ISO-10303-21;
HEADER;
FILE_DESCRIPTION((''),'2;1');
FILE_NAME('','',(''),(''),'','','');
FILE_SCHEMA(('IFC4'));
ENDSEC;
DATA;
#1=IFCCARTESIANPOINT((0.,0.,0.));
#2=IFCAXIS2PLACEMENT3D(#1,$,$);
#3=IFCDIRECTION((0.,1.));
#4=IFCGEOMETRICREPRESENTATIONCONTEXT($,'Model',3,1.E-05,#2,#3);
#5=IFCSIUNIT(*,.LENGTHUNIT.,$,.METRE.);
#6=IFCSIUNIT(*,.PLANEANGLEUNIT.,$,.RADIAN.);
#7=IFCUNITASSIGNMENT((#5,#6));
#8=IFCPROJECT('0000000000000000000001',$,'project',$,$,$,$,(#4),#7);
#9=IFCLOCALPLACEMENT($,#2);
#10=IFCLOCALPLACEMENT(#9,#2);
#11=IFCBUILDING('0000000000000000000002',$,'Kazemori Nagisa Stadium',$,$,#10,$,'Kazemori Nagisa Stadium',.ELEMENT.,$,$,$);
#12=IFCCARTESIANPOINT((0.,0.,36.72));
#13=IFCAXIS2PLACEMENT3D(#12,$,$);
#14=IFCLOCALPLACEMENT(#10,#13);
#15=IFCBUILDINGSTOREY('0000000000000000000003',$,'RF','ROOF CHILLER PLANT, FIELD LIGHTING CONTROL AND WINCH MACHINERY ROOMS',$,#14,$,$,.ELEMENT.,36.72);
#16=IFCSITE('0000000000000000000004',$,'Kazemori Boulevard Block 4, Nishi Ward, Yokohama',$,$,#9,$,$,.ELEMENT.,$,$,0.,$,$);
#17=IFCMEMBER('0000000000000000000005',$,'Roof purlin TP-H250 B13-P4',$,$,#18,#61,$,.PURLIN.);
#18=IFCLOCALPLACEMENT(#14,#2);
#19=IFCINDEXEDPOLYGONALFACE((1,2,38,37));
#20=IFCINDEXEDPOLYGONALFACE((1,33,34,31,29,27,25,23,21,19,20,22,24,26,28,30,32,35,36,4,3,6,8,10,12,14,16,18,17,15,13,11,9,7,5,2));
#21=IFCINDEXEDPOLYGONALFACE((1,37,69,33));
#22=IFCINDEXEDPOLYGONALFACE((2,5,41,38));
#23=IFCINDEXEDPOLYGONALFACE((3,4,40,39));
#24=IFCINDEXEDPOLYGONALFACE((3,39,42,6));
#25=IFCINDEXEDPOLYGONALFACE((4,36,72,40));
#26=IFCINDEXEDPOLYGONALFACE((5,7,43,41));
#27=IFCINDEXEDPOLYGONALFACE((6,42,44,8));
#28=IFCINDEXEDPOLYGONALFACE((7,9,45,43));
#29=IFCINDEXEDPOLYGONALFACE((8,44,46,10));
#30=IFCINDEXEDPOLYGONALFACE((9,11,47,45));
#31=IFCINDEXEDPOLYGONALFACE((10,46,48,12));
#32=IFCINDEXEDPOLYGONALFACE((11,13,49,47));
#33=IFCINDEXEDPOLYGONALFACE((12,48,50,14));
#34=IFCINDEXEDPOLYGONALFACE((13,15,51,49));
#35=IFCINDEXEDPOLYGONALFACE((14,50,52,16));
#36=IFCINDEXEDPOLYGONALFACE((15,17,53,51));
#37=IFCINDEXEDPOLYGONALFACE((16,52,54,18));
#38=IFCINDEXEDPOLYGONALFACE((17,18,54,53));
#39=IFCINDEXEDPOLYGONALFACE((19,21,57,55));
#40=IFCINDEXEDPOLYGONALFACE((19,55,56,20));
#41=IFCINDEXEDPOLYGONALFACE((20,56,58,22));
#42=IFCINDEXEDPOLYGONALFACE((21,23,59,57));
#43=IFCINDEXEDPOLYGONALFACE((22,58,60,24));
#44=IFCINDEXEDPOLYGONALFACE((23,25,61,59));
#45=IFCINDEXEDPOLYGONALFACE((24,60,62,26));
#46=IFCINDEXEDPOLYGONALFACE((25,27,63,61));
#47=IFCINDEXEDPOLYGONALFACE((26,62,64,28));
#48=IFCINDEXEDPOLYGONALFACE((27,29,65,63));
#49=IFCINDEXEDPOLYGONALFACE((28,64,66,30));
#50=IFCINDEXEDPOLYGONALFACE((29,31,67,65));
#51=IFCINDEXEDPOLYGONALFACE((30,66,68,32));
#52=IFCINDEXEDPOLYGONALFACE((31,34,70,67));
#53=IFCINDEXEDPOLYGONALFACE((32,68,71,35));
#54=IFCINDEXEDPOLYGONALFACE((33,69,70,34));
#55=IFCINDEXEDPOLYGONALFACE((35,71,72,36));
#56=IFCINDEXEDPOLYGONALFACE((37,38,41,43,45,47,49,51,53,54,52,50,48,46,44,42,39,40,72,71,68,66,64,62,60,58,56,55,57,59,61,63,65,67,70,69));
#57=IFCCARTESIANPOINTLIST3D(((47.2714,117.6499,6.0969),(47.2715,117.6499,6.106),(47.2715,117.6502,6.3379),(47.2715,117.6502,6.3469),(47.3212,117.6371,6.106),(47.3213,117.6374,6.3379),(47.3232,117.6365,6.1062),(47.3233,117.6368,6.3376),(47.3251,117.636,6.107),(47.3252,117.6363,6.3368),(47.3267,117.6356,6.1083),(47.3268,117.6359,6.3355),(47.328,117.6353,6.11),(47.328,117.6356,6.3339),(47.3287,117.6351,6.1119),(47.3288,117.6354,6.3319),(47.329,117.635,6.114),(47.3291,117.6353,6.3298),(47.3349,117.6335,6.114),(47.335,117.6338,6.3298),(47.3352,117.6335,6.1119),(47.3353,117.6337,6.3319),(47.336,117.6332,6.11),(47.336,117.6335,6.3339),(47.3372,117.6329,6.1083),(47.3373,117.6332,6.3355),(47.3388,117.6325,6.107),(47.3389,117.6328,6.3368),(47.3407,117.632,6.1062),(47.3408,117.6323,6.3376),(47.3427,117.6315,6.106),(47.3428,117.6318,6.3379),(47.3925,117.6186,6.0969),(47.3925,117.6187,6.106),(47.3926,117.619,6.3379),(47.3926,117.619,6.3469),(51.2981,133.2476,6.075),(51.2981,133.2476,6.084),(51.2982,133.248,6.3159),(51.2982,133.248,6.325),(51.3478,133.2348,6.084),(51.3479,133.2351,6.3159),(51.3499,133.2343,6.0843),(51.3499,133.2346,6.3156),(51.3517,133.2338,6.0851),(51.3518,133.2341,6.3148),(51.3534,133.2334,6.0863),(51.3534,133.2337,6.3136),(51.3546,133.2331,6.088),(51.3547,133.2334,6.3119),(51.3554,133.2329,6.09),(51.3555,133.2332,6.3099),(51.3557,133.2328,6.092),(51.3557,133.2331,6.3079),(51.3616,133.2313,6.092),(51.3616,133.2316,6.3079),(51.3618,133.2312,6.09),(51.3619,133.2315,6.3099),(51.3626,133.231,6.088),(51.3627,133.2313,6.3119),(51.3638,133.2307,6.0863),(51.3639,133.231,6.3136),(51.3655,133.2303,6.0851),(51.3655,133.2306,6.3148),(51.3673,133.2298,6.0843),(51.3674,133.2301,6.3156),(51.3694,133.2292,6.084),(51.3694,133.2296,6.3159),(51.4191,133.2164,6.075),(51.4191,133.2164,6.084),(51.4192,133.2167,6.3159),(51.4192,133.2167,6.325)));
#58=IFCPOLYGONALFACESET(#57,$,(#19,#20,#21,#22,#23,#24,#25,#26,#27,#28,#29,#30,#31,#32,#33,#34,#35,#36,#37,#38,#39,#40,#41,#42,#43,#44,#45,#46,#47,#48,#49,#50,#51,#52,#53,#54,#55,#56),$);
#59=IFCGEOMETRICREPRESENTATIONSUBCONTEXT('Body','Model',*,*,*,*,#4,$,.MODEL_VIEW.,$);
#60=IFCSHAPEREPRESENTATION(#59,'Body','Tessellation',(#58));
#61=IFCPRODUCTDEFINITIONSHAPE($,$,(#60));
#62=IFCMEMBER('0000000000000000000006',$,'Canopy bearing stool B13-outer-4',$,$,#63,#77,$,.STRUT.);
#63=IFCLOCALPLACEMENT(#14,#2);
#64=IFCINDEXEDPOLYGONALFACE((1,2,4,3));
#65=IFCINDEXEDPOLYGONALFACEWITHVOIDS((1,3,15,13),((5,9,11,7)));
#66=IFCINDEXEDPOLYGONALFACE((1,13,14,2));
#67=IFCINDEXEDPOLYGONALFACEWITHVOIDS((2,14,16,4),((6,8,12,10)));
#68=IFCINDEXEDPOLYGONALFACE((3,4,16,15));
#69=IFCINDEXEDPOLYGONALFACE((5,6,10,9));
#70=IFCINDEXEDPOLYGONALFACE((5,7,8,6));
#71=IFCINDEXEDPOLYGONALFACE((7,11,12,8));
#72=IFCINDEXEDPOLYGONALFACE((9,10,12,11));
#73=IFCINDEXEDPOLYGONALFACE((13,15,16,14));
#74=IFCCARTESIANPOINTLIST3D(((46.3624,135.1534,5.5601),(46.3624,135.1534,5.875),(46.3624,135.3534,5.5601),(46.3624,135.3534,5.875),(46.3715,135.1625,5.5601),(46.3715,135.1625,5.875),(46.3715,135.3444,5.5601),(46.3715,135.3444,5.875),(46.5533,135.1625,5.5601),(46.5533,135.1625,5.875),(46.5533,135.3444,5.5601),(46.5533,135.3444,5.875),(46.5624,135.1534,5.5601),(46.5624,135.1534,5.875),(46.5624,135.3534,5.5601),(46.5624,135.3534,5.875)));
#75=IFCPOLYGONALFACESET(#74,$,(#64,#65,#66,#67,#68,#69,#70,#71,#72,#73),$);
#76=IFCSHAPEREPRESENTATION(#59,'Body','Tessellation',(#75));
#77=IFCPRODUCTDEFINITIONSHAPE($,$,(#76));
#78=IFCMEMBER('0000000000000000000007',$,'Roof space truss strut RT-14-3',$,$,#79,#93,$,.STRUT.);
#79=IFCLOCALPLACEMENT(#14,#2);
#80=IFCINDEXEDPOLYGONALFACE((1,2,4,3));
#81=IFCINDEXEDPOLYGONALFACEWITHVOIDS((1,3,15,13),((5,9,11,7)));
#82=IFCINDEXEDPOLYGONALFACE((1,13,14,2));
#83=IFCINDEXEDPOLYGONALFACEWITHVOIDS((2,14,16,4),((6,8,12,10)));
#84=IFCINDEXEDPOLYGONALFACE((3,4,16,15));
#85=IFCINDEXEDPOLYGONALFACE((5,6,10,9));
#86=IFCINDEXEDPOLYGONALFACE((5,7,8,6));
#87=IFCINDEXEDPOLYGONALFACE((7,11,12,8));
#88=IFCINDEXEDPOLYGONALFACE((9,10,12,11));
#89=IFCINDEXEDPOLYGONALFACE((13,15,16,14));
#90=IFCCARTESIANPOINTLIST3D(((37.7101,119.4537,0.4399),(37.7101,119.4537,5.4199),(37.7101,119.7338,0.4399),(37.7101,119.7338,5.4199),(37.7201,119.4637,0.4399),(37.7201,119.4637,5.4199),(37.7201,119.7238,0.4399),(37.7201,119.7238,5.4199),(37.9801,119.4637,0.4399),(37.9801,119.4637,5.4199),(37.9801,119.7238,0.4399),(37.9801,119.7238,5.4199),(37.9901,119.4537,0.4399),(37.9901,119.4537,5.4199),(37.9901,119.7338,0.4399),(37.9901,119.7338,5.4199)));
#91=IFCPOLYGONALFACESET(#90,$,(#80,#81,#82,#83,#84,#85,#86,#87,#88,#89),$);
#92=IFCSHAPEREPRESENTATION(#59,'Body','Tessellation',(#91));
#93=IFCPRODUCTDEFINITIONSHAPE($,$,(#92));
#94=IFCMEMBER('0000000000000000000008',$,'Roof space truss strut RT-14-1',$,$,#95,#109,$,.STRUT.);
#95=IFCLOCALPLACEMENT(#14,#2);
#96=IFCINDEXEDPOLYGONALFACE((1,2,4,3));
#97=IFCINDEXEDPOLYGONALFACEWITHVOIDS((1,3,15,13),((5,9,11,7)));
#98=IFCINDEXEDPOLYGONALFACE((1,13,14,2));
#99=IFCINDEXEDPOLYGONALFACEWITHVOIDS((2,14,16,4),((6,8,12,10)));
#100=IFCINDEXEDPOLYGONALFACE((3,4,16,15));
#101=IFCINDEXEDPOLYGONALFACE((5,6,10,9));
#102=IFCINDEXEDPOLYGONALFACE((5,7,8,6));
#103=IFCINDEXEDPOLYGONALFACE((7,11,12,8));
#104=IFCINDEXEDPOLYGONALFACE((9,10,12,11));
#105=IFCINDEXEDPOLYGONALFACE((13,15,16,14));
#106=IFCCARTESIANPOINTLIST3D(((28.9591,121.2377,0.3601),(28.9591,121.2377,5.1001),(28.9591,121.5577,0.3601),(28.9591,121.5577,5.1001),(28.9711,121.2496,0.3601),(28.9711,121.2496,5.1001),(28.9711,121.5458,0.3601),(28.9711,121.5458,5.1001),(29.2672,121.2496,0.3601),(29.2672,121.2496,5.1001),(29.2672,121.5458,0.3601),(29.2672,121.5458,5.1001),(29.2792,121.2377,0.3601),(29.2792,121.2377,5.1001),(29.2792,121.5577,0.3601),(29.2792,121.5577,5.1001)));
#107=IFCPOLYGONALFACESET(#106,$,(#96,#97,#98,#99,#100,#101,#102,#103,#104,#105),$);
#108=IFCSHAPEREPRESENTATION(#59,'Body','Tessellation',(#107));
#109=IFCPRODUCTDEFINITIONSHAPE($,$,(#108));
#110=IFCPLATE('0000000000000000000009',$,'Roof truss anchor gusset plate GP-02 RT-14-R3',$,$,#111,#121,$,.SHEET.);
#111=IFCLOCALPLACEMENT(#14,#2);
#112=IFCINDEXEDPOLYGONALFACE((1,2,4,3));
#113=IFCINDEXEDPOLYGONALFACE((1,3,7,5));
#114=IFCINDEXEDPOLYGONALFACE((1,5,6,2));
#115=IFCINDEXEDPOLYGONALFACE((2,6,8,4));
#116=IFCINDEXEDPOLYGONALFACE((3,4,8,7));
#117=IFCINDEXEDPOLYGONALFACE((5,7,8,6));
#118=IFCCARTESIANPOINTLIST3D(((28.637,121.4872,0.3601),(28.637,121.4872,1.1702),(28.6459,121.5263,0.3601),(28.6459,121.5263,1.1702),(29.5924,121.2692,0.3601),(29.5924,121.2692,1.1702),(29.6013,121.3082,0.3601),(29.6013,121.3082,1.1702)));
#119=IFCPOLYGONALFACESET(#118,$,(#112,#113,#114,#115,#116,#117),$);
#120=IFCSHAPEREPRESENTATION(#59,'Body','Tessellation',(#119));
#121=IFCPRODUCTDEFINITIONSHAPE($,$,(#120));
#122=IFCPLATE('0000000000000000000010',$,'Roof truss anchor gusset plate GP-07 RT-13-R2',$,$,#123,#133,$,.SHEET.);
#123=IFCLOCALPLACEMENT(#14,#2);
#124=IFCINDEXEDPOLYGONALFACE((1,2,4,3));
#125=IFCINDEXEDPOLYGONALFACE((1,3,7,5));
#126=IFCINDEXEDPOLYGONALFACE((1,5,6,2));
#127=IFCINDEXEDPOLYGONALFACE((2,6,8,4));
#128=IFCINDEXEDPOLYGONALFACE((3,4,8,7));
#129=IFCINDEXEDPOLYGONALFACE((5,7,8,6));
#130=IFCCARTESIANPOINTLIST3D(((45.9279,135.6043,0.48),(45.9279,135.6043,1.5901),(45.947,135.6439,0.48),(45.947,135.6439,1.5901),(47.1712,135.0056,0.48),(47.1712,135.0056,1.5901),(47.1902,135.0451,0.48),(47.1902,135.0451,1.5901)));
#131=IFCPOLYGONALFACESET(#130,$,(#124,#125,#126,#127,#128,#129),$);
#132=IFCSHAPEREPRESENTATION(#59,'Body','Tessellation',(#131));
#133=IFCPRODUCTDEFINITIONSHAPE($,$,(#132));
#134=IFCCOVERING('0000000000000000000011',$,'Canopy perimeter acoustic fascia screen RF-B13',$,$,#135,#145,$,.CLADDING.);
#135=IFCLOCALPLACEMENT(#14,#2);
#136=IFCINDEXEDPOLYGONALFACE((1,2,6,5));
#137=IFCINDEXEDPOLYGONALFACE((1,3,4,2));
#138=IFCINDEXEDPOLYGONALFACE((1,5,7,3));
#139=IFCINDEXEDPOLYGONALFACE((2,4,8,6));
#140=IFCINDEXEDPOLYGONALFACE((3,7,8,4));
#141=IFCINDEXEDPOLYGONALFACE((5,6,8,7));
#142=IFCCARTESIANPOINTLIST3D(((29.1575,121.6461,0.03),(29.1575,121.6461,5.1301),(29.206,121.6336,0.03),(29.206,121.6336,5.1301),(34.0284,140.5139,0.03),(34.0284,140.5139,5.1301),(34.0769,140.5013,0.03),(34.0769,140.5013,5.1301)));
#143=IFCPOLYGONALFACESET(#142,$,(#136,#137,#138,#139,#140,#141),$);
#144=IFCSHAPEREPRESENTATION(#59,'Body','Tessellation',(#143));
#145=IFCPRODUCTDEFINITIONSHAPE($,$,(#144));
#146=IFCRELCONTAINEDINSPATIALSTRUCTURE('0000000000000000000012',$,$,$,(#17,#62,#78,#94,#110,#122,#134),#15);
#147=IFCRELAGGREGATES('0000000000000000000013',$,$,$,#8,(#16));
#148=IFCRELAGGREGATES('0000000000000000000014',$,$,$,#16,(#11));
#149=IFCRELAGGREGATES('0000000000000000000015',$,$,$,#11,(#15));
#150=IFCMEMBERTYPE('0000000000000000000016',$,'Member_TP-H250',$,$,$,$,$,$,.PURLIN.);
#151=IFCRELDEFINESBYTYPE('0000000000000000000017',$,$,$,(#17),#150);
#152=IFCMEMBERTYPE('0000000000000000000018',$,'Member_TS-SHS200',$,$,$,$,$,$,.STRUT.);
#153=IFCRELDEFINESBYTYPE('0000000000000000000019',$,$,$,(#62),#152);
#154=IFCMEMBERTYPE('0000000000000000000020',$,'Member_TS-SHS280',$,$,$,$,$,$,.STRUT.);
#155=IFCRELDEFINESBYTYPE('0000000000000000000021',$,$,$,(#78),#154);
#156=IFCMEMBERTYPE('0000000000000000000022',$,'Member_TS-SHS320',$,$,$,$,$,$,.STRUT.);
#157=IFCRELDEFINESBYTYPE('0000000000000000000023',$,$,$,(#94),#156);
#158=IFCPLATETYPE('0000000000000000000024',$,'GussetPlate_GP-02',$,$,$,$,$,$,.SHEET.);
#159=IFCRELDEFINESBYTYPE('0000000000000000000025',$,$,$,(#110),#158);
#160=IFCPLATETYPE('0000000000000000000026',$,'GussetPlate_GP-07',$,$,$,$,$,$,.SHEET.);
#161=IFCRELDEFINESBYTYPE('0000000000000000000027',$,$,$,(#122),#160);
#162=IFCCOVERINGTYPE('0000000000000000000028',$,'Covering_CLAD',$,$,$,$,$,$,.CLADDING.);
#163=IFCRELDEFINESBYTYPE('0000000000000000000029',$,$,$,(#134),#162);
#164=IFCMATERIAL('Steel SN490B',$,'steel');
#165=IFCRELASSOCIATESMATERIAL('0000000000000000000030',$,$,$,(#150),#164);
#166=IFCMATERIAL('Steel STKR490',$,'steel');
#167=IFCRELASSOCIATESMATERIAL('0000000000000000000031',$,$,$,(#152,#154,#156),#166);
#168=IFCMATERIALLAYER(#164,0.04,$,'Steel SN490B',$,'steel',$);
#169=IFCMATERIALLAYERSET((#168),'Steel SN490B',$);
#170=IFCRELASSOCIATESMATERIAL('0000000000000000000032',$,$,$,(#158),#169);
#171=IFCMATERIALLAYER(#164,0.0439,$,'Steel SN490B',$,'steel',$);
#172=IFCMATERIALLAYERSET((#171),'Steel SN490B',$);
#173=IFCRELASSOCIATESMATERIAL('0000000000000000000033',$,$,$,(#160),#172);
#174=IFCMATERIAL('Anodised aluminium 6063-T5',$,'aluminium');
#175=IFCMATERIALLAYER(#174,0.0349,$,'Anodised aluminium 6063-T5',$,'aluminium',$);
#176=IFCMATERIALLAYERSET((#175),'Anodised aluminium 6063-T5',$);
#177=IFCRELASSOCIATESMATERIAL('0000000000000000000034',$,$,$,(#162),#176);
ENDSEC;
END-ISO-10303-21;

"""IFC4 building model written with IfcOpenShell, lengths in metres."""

from ifc_helpers import new_model, si_unit, direction, frame, origin, origin_2d, place, context, subcontext, project, spatial, rectangle, hollow_rectangle, i_section, extrude, material, layer, layer_set, material_profile, profile_set, type_object, element, save


model = new_model("IFC4")

# Units and contexts
model_context = context("Model", 3, precision=1e-05, world=origin(), true_north=direction((0.0, 1.0)))
body_context = subcontext(model_context, "Body", "Model", "MODEL_VIEW")
ifc_project = project(units=[si_unit("LENGTHUNIT", "METRE"), si_unit("PLANEANGLEUNIT", "RADIAN")], contexts=[model_context])

# Site, building, storey
site_placement = place(None, origin())
site = spatial("IfcSite", under=ifc_project, at=site_placement, Name="Kazemori Boulevard Block 4, Nishi Ward, Yokohama", CompositionType="ELEMENT", RefElevation=0.0)
building_placement = place(site_placement, origin())
building = spatial("IfcBuilding", under=site, at=building_placement, Name="Kazemori Nagisa Stadium", LongName="Kazemori Nagisa Stadium", CompositionType="ELEMENT")
storey_placement = place(building_placement, frame((0.0, 0.0, 36.72)))
storey = spatial("IfcBuildingStorey", under=building, at=storey_placement, Name="RF", Description="ROOF CHILLER PLANT, FIELD LIGHTING CONTROL AND WINCH MACHINERY ROOMS", CompositionType="ELEMENT", Elevation=36.72)

# Shared definitions
ifc_material_1 = material(Name="Steel SN490B", Category="steel")

# Members
ifc_material_2 = material(Name="Steel STKR490", Category="steel")
ifc_material_profile_1 = material_profile(ifc_material_1, i_section(OverallWidth=0.125, OverallDepth=0.25, WebThickness=0.0061, FlangeThickness=0.009, FilletRadius=0.0081, at=origin_2d()), Name="H-250x125x6x9")
ifc_profile_set_1 = profile_set([ifc_material_profile_1], Name="Steel SN490B")
member_type_1 = type_object("IfcMemberType", Name="Member_TP-H250", PredefinedType="PURLIN", material=ifc_profile_set_1)
member_1_placement = place(storey_placement, frame((51.3586, 133.2322, 6.2), z_axis=(-0.24996, -0.968255, 0.001364), x_axis=(0.968256, -0.24996, 0.0)))
element("IfcMember", 1, at=member_1_placement, inside=storey, type_object=member_type_1, Name="Roof purlin TP-H250 B13-P4", PredefinedType="PURLIN", context=body_context, shape_type="SweptSolid", body=[
    extrude(i_section(OverallWidth=0.125, OverallDepth=0.25, WebThickness=0.0061, FlangeThickness=0.009, FilletRadius=0.0081, at=origin_2d()), origin(), (0.0, 0.0, 1.0), 16.1091),
])
ifc_material_profile_2 = material_profile(ifc_material_2, hollow_rectangle(XDim=0.2, YDim=0.2, WallThickness=0.009, at=origin_2d()), Name="SHS-200x200x9")
ifc_profile_set_2 = profile_set([ifc_material_profile_2], Name="Steel STKR490")
member_type_2 = type_object("IfcMemberType", Name="Member_TS-SHS200", PredefinedType="STRUT", material=ifc_profile_set_2)
member_2_placement = place(storey_placement, frame((46.4624, 135.2534, 5.5601), z_axis=(0.0, 0.0, 1.0), x_axis=(1.0, 0.0, 0.0)))
element("IfcMember", 2, at=member_2_placement, inside=storey, type_object=member_type_2, Name="Canopy bearing stool B13-outer-4", PredefinedType="STRUT", context=body_context, shape_type="SweptSolid", body=[
    extrude(hollow_rectangle(XDim=0.2, YDim=0.2, WallThickness=0.009, at=origin_2d()), origin(), (0.0, 0.0, 1.0), 0.3149),
])
ifc_material_profile_3 = material_profile(ifc_material_2, hollow_rectangle(XDim=0.28, YDim=0.28, WallThickness=0.01, at=origin_2d()), Name="SHS-280x280x10")
ifc_profile_set_3 = profile_set([ifc_material_profile_3], Name="Steel STKR490")
member_type_3 = type_object("IfcMemberType", Name="Member_TS-SHS280", PredefinedType="STRUT", material=ifc_profile_set_3)
member_3_placement = place(storey_placement, frame((37.8501, 119.5938, 0.4399), z_axis=(0.0, 0.0, 1.0), x_axis=(1.0, 0.0, 0.0)))
element("IfcMember", 3, at=member_3_placement, inside=storey, type_object=member_type_3, Name="Roof space truss strut RT-14-3", PredefinedType="STRUT", context=body_context, shape_type="SweptSolid", body=[
    extrude(hollow_rectangle(XDim=0.28, YDim=0.28, WallThickness=0.01, at=origin_2d()), origin(), (0.0, 0.0, 1.0), 4.98),
])
ifc_material_profile_4 = material_profile(ifc_material_2, hollow_rectangle(XDim=0.3201, YDim=0.3201, WallThickness=0.012, at=origin_2d()), Name="SHS-320x320x12")
ifc_profile_set_4 = profile_set([ifc_material_profile_4], Name="Steel STKR490")
member_type_4 = type_object("IfcMemberType", Name="Member_TS-SHS320", PredefinedType="STRUT", material=ifc_profile_set_4)
member_4_placement = place(storey_placement, frame((29.1191, 121.3977, 0.3601), z_axis=(0.0, 0.0, 1.0), x_axis=(1.0, 0.0, 0.0)))
element("IfcMember", 4, at=member_4_placement, inside=storey, type_object=member_type_4, Name="Roof space truss strut RT-14-1", PredefinedType="STRUT", context=body_context, shape_type="SweptSolid", body=[
    extrude(hollow_rectangle(XDim=0.3201, YDim=0.3201, WallThickness=0.012, at=origin_2d()), origin(), (0.0, 0.0, 1.0), 4.74),
])

# Plates
ifc_layer_1 = layer(ifc_material_1, 0.04, Name="Steel SN490B", Category="steel")
ifc_layer_set_1 = layer_set([ifc_layer_1], Name="Steel SN490B")
plate_type_1 = type_object("IfcPlateType", Name="GussetPlate_GP-02", PredefinedType="SHEET", material=ifc_layer_set_1)
plate_1_placement = place(storey_placement, frame((29.1191, 121.3977, 0.3601), z_axis=(0.0, 0.0, 1.0), x_axis=(-0.974928, 0.222521, 0.0)))
element("IfcPlate", 5, at=plate_1_placement, inside=storey, type_object=plate_type_1, Name="Roof truss anchor gusset plate GP-02 RT-14-R3", PredefinedType="SHEET", context=body_context, shape_type="SweptSolid", body=[
    extrude(rectangle(XDim=0.98, YDim=0.04, at=origin_2d()), origin(), (0.0, 0.0, 1.0), 0.8101),
])
ifc_layer_2 = layer(ifc_material_1, 0.0439, Name="Steel SN490B", Category="steel")
ifc_layer_set_2 = layer_set([ifc_layer_2], Name="Steel SN490B")
plate_type_2 = type_object("IfcPlateType", Name="GussetPlate_GP-07", PredefinedType="SHEET", material=ifc_layer_set_2)
plate_2_placement = place(storey_placement, frame((46.5591, 135.3247, 0.48), z_axis=(0.0, 0.0, 1.0), x_axis=(-0.900969, 0.433884, 0.0)))
element("IfcPlate", 6, at=plate_2_placement, inside=storey, type_object=plate_type_2, Name="Roof truss anchor gusset plate GP-07 RT-13-R2", PredefinedType="SHEET", context=body_context, shape_type="SweptSolid", body=[
    extrude(rectangle(XDim=1.3799, YDim=0.0439, at=origin_2d()), origin(), (0.0, 0.0, 1.0), 1.1101),
])

# Covering
ifc_material_3 = material(Name="Anodised aluminium 6063-T5", Category="aluminium")
ifc_layer_3 = layer(ifc_material_3, 0.0349, Name="Anodised aluminium 6063-T5", Category="aluminium")
ifc_layer_set_3 = layer_set([ifc_layer_3], Name="Anodised aluminium 6063-T5")
covering_type = type_object("IfcCoveringType", Name="Covering_CLAD", PredefinedType="CLADDING", material=ifc_layer_set_3)
covering_placement = place(storey_placement, frame((31.6172, 131.0737, 0.03), z_axis=(0.0, 0.0, 1.0), x_axis=(-0.249965, -0.968255, 0.0)))
element("IfcCovering", 7, at=covering_placement, inside=storey, type_object=covering_type, Name="Canopy perimeter acoustic fascia screen RF-B13", PredefinedType="CLADDING", context=body_context, shape_type="SweptSolid", body=[
    extrude(rectangle(XDim=19.4863, YDim=0.05, at=origin_2d()), origin(), (0.0, 0.0, 1.0), 5.1001),
])

save(model, "model.ifc")
